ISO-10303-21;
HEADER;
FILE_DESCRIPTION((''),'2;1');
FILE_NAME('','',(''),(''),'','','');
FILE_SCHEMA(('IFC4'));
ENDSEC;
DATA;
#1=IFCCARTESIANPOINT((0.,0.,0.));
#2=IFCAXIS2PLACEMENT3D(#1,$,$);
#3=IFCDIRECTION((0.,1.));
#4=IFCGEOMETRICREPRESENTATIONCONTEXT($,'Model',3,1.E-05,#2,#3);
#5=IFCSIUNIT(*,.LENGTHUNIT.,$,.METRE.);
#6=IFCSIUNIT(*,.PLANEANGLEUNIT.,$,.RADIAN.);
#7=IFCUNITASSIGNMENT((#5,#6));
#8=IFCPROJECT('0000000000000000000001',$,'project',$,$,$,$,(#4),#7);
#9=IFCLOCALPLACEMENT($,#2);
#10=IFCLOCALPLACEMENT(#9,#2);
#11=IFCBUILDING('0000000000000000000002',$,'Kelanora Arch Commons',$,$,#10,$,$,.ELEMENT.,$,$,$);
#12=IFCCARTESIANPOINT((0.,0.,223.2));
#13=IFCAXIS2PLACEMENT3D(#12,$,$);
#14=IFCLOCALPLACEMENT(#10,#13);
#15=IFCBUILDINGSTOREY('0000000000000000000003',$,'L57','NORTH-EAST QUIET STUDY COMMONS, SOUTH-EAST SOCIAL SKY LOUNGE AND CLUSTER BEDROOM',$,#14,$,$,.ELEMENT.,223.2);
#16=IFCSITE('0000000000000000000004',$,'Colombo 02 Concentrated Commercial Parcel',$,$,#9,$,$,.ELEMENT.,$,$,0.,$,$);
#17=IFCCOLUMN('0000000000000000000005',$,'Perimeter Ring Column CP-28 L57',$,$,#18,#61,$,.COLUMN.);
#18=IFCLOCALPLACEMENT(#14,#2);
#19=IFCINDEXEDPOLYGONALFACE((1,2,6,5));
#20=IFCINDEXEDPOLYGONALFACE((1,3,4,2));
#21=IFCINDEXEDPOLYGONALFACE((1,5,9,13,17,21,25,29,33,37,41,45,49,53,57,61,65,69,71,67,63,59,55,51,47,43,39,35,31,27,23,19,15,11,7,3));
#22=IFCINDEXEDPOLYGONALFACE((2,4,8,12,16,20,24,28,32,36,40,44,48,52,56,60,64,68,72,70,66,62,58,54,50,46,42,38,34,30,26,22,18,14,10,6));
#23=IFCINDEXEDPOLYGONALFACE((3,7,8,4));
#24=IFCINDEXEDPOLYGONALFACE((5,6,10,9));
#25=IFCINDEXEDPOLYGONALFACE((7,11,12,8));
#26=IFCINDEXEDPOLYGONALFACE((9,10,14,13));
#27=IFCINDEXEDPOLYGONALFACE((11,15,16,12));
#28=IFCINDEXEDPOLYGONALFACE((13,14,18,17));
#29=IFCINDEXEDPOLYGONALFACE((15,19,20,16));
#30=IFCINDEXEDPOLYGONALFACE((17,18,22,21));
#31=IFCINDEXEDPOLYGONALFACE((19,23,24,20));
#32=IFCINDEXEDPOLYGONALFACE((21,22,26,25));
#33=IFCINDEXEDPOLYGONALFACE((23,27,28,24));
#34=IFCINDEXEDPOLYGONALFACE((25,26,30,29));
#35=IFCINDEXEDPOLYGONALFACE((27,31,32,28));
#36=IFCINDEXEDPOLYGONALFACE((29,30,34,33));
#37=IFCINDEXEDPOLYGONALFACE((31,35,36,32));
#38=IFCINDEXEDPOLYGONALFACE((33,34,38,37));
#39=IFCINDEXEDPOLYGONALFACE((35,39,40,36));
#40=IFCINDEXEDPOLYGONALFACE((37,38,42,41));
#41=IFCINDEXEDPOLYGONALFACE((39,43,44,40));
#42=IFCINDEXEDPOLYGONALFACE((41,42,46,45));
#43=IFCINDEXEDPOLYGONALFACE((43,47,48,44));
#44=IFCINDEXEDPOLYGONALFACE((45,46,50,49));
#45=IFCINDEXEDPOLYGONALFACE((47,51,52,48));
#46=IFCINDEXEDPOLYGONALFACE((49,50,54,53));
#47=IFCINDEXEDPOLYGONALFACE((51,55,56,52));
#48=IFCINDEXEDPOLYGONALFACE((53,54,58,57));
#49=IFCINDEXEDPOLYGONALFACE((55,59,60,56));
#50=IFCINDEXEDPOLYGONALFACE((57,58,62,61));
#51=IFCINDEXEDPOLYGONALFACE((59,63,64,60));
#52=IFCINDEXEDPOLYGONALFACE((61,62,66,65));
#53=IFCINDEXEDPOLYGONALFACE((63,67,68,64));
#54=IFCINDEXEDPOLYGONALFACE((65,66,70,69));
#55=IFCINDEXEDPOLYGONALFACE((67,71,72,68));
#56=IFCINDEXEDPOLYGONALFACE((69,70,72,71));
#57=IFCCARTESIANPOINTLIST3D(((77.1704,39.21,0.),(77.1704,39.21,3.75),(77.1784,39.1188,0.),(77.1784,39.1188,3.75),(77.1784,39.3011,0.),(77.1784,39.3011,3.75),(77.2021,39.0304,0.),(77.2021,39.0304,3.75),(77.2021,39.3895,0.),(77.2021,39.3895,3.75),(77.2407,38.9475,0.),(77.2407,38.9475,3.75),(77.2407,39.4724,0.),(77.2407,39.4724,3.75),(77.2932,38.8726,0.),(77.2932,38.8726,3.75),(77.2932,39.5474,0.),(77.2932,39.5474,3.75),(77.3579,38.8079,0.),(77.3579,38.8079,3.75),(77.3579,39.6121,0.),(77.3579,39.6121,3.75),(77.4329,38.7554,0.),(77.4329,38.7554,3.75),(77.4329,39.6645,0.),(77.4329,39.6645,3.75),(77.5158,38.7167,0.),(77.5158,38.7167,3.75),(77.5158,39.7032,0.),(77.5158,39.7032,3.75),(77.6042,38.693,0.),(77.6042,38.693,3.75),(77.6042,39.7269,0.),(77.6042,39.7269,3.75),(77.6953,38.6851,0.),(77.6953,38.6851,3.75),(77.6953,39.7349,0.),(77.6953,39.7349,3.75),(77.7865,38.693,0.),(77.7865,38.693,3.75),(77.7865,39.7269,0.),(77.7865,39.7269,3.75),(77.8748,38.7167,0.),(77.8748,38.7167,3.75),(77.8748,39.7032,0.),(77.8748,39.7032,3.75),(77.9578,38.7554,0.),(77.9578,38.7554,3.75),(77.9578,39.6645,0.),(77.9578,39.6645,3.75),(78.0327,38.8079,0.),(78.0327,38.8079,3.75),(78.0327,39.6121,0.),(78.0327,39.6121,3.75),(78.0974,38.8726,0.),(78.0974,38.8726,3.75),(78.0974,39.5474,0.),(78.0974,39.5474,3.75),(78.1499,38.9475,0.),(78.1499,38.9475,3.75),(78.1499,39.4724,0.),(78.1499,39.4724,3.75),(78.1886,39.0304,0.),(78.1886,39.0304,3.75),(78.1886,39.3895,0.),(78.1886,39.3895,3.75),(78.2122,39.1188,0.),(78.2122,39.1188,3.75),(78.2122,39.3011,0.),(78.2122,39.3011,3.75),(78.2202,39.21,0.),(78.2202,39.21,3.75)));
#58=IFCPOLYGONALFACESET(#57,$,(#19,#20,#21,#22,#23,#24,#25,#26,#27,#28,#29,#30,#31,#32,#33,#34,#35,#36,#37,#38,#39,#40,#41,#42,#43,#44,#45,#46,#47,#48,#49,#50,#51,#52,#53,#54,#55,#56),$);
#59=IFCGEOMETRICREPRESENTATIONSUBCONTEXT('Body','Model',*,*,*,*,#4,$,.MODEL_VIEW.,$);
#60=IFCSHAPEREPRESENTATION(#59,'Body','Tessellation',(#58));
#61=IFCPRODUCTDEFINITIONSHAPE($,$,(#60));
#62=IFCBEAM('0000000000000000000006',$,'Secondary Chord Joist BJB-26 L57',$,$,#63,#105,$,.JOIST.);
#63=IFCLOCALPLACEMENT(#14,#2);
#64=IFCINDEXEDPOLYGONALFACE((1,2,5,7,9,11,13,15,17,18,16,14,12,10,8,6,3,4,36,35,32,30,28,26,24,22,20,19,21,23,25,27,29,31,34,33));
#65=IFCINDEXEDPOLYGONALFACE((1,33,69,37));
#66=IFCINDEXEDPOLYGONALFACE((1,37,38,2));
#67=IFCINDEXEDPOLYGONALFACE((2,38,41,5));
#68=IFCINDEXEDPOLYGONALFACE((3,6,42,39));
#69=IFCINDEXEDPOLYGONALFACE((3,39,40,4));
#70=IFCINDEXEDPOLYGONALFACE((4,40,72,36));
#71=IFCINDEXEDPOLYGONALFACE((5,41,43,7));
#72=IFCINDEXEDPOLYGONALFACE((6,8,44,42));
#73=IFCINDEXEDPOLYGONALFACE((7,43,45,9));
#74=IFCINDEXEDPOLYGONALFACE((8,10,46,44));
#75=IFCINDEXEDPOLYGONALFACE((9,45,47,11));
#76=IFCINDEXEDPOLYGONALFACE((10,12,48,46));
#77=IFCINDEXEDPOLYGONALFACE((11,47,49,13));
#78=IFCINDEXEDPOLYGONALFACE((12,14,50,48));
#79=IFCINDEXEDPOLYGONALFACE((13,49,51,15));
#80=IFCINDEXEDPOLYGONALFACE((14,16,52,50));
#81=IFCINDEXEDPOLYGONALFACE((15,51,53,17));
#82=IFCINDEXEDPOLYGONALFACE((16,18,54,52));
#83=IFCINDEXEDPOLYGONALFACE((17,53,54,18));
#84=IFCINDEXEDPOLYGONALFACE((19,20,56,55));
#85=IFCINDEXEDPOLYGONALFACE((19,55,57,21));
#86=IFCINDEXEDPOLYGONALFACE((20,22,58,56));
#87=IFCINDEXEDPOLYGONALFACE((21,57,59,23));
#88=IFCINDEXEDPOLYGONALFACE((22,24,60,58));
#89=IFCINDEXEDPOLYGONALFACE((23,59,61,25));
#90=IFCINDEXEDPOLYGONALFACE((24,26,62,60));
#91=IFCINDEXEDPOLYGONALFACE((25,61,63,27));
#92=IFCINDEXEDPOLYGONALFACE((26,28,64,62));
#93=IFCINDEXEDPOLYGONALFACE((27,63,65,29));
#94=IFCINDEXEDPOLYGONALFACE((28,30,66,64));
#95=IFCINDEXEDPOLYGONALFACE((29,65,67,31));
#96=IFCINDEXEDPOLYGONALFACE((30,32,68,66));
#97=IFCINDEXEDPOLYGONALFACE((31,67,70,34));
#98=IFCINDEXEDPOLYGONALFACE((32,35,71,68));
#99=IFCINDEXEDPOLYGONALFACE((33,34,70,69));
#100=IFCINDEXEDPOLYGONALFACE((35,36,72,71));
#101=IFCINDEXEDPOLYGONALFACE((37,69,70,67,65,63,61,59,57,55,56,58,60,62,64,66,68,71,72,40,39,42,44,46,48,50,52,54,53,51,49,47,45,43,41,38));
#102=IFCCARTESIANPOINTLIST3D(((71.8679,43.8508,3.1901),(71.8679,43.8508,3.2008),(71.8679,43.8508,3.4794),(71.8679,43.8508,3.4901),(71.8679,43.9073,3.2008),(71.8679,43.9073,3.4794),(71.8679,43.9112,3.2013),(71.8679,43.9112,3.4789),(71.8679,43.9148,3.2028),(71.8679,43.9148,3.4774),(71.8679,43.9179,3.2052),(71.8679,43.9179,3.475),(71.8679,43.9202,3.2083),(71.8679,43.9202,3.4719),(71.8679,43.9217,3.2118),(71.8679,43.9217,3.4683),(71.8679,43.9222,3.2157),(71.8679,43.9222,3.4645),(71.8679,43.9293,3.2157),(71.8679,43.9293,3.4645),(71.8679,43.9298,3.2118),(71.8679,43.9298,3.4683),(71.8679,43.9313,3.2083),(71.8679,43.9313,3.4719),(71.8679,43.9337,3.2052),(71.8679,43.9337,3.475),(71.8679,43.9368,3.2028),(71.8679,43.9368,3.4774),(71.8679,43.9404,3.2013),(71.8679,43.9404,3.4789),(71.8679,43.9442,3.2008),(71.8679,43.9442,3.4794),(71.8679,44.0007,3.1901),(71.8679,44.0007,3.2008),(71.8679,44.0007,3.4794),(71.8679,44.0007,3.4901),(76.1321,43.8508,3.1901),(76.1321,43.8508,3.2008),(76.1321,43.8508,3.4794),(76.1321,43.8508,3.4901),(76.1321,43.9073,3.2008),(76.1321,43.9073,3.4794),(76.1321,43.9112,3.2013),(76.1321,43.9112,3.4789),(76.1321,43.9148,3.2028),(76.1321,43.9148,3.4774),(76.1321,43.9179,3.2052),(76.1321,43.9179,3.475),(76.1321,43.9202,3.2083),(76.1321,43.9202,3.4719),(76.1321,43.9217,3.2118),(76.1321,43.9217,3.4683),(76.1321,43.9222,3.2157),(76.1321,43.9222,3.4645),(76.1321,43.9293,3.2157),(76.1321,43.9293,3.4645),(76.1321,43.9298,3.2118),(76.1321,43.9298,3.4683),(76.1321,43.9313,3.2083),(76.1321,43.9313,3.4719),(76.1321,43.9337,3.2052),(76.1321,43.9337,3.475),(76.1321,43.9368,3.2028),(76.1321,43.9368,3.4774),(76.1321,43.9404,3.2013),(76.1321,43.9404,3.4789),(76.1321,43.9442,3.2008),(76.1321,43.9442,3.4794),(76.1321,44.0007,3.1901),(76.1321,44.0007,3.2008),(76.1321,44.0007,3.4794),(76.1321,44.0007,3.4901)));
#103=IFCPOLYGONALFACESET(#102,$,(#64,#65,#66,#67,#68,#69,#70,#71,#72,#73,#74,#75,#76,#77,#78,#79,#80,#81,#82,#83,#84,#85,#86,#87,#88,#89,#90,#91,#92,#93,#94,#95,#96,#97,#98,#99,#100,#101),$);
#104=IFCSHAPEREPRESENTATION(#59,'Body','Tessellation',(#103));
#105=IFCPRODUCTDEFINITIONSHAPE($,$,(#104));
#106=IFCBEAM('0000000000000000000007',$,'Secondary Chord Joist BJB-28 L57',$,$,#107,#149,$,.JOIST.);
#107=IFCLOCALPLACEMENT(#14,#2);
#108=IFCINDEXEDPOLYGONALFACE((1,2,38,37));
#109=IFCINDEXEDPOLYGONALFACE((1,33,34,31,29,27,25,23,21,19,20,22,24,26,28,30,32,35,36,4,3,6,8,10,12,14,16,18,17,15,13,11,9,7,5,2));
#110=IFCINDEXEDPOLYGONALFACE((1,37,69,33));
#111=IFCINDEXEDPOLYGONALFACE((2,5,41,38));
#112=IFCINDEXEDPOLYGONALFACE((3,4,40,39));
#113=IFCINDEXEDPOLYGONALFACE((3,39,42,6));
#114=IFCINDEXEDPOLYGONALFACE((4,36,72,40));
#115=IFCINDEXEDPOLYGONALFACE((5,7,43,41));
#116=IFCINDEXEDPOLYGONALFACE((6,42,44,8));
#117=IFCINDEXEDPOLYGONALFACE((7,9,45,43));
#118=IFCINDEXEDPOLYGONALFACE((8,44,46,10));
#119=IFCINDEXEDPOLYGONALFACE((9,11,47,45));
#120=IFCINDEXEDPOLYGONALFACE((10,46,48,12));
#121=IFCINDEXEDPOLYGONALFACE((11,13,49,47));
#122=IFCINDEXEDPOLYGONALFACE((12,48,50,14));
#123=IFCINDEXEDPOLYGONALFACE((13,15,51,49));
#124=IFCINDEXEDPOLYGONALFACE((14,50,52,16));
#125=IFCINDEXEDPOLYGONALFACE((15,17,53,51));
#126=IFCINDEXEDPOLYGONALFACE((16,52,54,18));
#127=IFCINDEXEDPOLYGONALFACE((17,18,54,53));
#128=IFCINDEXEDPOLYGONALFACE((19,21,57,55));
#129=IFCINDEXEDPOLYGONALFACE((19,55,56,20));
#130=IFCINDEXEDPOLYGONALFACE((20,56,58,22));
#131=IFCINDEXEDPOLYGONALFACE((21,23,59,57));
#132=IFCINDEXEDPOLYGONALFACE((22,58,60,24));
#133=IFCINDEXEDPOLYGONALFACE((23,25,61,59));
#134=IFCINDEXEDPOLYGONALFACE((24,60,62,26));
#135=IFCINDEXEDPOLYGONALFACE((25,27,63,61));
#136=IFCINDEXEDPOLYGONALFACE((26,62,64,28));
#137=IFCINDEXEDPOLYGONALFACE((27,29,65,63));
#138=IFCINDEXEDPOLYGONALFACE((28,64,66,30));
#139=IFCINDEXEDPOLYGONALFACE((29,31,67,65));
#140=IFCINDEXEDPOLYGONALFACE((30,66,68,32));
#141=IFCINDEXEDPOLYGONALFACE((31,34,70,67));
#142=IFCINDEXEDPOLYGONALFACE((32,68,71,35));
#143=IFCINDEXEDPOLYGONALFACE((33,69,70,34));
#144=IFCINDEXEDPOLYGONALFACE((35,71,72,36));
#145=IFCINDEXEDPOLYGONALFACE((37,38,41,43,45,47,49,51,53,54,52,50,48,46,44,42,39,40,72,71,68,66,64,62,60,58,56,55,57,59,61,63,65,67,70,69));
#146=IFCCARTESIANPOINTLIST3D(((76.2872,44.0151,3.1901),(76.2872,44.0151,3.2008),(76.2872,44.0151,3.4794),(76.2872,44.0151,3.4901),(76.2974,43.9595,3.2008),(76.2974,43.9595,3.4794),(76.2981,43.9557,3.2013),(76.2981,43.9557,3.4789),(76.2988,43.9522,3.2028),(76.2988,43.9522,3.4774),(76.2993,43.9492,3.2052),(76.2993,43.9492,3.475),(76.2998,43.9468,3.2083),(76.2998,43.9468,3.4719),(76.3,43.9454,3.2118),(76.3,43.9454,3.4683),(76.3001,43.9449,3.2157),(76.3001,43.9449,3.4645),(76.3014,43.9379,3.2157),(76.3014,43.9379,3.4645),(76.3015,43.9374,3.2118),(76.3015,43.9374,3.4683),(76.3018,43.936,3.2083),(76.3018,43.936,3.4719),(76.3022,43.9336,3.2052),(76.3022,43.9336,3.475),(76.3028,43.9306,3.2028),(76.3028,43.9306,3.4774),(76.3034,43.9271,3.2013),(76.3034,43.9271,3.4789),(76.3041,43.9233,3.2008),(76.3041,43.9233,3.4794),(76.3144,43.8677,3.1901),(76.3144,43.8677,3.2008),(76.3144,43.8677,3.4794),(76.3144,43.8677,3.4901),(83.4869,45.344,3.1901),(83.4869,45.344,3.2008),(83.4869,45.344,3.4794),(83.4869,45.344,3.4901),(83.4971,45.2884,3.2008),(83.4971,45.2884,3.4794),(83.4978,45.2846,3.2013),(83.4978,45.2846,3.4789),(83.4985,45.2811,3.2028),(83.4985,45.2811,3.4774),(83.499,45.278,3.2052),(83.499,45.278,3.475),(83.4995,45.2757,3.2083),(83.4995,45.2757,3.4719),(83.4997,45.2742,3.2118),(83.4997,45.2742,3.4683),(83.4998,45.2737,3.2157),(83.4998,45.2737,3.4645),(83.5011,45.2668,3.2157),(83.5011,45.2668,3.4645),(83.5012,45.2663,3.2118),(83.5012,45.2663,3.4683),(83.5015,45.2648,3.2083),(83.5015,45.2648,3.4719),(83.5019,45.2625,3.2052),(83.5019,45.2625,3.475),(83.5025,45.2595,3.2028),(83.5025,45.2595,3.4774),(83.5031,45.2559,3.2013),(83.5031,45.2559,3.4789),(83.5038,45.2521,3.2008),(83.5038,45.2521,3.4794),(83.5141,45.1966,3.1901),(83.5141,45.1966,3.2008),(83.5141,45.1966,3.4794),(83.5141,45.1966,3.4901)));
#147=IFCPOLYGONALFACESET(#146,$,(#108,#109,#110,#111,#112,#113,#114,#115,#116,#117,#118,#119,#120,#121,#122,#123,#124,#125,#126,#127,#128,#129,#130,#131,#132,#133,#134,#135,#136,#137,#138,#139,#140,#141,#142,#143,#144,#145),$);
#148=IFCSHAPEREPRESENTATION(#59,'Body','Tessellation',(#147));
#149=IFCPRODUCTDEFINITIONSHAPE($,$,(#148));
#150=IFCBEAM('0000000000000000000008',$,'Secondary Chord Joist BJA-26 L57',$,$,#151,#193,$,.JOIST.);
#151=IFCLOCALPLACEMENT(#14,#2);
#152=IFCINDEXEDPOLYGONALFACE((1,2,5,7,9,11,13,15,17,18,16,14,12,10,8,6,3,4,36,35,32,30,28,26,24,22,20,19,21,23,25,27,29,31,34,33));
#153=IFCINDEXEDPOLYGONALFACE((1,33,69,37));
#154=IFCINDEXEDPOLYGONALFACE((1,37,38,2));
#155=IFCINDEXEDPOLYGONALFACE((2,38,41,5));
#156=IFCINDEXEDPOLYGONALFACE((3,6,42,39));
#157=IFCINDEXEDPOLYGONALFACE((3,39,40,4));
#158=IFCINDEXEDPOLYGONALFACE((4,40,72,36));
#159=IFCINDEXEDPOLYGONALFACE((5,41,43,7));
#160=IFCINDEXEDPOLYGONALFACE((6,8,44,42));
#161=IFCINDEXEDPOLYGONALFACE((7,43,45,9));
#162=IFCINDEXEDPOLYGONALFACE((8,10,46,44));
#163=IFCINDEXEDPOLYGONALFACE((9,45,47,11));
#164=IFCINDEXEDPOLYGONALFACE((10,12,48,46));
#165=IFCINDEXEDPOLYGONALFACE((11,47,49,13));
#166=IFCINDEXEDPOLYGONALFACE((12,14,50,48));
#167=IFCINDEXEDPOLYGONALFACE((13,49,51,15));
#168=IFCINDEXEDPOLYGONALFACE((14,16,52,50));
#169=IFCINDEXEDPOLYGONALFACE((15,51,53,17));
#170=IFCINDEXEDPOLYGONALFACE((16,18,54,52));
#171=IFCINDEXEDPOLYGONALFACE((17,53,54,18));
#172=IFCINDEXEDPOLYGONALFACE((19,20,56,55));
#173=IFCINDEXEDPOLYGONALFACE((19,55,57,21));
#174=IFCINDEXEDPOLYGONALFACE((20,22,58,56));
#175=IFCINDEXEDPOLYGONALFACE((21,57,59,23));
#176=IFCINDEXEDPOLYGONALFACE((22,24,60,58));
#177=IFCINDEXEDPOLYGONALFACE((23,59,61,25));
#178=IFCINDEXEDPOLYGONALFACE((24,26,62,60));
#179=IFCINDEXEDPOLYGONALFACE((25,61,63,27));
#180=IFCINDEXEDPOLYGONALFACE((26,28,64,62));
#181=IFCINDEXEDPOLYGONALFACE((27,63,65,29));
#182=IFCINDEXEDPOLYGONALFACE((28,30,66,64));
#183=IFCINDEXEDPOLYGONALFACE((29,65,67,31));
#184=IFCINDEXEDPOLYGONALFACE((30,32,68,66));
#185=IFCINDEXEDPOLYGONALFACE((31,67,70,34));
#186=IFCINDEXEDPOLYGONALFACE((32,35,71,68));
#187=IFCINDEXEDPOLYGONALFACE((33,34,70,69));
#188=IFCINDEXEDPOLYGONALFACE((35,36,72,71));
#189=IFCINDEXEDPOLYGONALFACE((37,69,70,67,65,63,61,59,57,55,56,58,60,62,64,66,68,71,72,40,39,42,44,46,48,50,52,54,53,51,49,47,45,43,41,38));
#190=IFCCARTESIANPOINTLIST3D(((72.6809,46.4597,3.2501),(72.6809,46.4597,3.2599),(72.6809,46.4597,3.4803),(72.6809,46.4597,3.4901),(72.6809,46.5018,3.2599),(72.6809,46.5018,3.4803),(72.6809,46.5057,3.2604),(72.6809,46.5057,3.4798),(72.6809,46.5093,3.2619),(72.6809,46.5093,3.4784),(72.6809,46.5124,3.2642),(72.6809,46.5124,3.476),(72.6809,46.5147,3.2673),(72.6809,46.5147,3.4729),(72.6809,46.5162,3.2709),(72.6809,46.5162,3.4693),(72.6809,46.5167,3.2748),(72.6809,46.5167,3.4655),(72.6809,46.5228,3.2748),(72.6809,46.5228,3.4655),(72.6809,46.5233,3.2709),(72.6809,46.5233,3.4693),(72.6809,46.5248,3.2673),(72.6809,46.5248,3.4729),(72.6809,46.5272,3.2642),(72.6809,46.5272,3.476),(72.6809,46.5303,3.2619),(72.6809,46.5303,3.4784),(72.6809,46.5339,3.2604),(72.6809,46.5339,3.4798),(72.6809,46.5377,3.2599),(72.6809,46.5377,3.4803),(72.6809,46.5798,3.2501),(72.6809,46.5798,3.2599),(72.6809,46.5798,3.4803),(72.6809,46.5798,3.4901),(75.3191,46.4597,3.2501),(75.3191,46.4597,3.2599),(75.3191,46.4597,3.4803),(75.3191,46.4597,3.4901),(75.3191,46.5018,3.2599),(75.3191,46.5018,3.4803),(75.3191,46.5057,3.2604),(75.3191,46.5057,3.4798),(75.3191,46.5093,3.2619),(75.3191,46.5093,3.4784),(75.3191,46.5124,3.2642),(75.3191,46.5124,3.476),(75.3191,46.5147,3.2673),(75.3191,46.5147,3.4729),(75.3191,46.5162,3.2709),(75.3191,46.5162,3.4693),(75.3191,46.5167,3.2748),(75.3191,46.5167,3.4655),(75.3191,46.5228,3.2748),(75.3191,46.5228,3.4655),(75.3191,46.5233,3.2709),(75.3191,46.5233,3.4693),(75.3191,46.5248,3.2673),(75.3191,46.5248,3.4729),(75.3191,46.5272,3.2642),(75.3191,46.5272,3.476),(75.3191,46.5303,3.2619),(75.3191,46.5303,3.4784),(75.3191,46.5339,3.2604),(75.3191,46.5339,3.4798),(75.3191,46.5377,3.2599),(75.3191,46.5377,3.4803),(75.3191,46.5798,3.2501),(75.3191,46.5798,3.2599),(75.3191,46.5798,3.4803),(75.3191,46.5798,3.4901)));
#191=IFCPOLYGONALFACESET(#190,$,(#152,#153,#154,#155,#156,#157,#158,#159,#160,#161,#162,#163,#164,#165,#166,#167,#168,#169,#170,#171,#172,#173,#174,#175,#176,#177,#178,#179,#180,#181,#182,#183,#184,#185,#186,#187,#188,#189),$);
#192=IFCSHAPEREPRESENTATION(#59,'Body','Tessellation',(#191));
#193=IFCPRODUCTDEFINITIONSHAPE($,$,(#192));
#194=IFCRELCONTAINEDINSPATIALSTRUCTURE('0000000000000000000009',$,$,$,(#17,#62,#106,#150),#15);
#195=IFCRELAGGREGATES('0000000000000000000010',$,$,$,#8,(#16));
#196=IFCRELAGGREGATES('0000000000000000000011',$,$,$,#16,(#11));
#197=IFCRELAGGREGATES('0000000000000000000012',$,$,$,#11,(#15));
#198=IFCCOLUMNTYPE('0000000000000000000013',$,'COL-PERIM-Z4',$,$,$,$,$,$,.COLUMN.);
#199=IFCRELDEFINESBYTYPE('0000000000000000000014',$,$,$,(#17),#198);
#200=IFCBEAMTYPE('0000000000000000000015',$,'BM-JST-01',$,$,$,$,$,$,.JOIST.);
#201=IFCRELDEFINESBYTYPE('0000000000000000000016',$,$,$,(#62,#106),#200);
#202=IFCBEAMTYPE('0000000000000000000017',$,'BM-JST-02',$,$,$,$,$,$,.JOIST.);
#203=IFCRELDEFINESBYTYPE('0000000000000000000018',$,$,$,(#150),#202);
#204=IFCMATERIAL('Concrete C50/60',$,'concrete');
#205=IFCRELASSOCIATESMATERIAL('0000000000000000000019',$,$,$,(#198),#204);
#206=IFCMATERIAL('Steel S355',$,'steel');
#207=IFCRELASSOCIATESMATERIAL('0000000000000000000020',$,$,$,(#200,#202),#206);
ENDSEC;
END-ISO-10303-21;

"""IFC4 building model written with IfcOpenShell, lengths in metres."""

from ifc_helpers import new_model, si_unit, direction, frame, origin, origin_2d, place, context, subcontext, project, spatial, circle, i_section, extrude, material, material_profile, profile_set, type_object, element, save


model = new_model("IFC4")

# Units and contexts
model_context = context("Model", 3, precision=1e-05, world=origin(), true_north=direction((0.0, 1.0)))
body_context = subcontext(model_context, "Body", "Model", "MODEL_VIEW")
ifc_project = project(units=[si_unit("LENGTHUNIT", "METRE"), si_unit("PLANEANGLEUNIT", "RADIAN")], contexts=[model_context])

# Site, building, storey
site_placement = place(None, origin())
site = spatial("IfcSite", under=ifc_project, at=site_placement, Name="Colombo 02 Concentrated Commercial Parcel", CompositionType="ELEMENT", RefElevation=0.0)
building_placement = place(site_placement, origin())
building = spatial("IfcBuilding", under=site, at=building_placement, Name="Kelanora Arch Commons", CompositionType="ELEMENT")
storey_placement = place(building_placement, frame((0.0, 0.0, 223.2)))
storey = spatial("IfcBuildingStorey", under=building, at=storey_placement, Name="L57", Description="NORTH-EAST QUIET STUDY COMMONS, SOUTH-EAST SOCIAL SKY LOUNGE AND CLUSTER BEDROOM", CompositionType="ELEMENT", Elevation=223.2)

# Column
ifc_material_1 = material(Name="Concrete C50/60", Category="concrete")
ifc_material_profile_1 = material_profile(ifc_material_1, circle(Radius=0.5249, at=origin_2d()), Name="RCC1050")
ifc_profile_set_1 = profile_set([ifc_material_profile_1], Name="Concrete C50/60")
column_type = type_object("IfcColumnType", Name="COL-PERIM-Z4", PredefinedType="COLUMN", material=ifc_profile_set_1)
column_placement = place(storey_placement, frame((77.6953, 39.21, 0.0), z_axis=(0.0, 0.0, 1.0), x_axis=(1.0, 0.0, 0.0)))
element("IfcColumn", 1, at=column_placement, inside=storey, type_object=column_type, Name="Perimeter Ring Column CP-28 L57", PredefinedType="COLUMN", context=body_context, shape_type="SweptSolid", body=[
    extrude(circle(Radius=0.5249, at=origin_2d()), origin(), (0.0, 0.0, 1.0), 3.75),
])

# Beams
ifc_material_2 = material(Name="Steel S355", Category="steel")
ifc_material_profile_2 = material_profile(ifc_material_2, i_section(OverallWidth=0.1499, OverallDepth=0.3, WebThickness=0.0071, FlangeThickness=0.0107, FilletRadius=0.0149, at=origin_2d()), Name="IPE300")
ifc_profile_set_2 = profile_set([ifc_material_profile_2], Name="Steel S355")
beam_type_1 = type_object("IfcBeamType", Name="BM-JST-01", PredefinedType="JOIST", material=ifc_profile_set_2)
beam_1_placement = place(storey_placement, frame((71.8679, 43.9258, 3.3401), z_axis=(1.0, 0.0, 0.0), x_axis=(0.0, 1.0, 0.0)))
element("IfcBeam", 2, at=beam_1_placement, inside=storey, type_object=beam_type_1, Name="Secondary Chord Joist BJB-26 L57", PredefinedType="JOIST", context=body_context, shape_type="SweptSolid", body=[
    extrude(i_section(OverallWidth=0.1499, OverallDepth=0.3, WebThickness=0.0071, FlangeThickness=0.0107, FilletRadius=0.0149, at=origin_2d()), origin(), (0.0, 0.0, 1.0), 4.2642),
])
beam_2_placement = place(storey_placement, frame((76.3008, 43.9414, 3.3401), z_axis=(0.98339, 0.181505, 0.0), x_axis=(-0.181505, 0.98339, 0.0)))
element("IfcBeam", 3, at=beam_2_placement, inside=storey, type_object=beam_type_1, Name="Secondary Chord Joist BJB-28 L57", PredefinedType="JOIST", context=body_context, shape_type="SweptSolid", body=[
    extrude(i_section(OverallWidth=0.1499, OverallDepth=0.3, WebThickness=0.0071, FlangeThickness=0.0107, FilletRadius=0.0149, at=origin_2d()), origin(), (0.0, 0.0, 1.0), 7.3213),
])
ifc_material_profile_3 = material_profile(ifc_material_2, i_section(OverallWidth=0.1201, OverallDepth=0.24, WebThickness=0.0061, FlangeThickness=0.0098, FilletRadius=0.0149, at=origin_2d()), Name="IPE240")
ifc_profile_set_3 = profile_set([ifc_material_profile_3], Name="Steel S355")
beam_type_2 = type_object("IfcBeamType", Name="BM-JST-02", PredefinedType="JOIST", material=ifc_profile_set_3)
beam_3_placement = place(storey_placement, frame((72.6809, 46.5198, 3.3701), z_axis=(1.0, 0.0, 0.0), x_axis=(0.0, 1.0, 0.0)))
element("IfcBeam", 4, at=beam_3_placement, inside=storey, type_object=beam_type_2, Name="Secondary Chord Joist BJA-26 L57", PredefinedType="JOIST", context=body_context, shape_type="SweptSolid", body=[
    extrude(i_section(OverallWidth=0.1201, OverallDepth=0.24, WebThickness=0.0061, FlangeThickness=0.0098, FilletRadius=0.0149, at=origin_2d()), origin(), (0.0, 0.0, 1.0), 2.6382),
])

save(model, "model.ifc")
